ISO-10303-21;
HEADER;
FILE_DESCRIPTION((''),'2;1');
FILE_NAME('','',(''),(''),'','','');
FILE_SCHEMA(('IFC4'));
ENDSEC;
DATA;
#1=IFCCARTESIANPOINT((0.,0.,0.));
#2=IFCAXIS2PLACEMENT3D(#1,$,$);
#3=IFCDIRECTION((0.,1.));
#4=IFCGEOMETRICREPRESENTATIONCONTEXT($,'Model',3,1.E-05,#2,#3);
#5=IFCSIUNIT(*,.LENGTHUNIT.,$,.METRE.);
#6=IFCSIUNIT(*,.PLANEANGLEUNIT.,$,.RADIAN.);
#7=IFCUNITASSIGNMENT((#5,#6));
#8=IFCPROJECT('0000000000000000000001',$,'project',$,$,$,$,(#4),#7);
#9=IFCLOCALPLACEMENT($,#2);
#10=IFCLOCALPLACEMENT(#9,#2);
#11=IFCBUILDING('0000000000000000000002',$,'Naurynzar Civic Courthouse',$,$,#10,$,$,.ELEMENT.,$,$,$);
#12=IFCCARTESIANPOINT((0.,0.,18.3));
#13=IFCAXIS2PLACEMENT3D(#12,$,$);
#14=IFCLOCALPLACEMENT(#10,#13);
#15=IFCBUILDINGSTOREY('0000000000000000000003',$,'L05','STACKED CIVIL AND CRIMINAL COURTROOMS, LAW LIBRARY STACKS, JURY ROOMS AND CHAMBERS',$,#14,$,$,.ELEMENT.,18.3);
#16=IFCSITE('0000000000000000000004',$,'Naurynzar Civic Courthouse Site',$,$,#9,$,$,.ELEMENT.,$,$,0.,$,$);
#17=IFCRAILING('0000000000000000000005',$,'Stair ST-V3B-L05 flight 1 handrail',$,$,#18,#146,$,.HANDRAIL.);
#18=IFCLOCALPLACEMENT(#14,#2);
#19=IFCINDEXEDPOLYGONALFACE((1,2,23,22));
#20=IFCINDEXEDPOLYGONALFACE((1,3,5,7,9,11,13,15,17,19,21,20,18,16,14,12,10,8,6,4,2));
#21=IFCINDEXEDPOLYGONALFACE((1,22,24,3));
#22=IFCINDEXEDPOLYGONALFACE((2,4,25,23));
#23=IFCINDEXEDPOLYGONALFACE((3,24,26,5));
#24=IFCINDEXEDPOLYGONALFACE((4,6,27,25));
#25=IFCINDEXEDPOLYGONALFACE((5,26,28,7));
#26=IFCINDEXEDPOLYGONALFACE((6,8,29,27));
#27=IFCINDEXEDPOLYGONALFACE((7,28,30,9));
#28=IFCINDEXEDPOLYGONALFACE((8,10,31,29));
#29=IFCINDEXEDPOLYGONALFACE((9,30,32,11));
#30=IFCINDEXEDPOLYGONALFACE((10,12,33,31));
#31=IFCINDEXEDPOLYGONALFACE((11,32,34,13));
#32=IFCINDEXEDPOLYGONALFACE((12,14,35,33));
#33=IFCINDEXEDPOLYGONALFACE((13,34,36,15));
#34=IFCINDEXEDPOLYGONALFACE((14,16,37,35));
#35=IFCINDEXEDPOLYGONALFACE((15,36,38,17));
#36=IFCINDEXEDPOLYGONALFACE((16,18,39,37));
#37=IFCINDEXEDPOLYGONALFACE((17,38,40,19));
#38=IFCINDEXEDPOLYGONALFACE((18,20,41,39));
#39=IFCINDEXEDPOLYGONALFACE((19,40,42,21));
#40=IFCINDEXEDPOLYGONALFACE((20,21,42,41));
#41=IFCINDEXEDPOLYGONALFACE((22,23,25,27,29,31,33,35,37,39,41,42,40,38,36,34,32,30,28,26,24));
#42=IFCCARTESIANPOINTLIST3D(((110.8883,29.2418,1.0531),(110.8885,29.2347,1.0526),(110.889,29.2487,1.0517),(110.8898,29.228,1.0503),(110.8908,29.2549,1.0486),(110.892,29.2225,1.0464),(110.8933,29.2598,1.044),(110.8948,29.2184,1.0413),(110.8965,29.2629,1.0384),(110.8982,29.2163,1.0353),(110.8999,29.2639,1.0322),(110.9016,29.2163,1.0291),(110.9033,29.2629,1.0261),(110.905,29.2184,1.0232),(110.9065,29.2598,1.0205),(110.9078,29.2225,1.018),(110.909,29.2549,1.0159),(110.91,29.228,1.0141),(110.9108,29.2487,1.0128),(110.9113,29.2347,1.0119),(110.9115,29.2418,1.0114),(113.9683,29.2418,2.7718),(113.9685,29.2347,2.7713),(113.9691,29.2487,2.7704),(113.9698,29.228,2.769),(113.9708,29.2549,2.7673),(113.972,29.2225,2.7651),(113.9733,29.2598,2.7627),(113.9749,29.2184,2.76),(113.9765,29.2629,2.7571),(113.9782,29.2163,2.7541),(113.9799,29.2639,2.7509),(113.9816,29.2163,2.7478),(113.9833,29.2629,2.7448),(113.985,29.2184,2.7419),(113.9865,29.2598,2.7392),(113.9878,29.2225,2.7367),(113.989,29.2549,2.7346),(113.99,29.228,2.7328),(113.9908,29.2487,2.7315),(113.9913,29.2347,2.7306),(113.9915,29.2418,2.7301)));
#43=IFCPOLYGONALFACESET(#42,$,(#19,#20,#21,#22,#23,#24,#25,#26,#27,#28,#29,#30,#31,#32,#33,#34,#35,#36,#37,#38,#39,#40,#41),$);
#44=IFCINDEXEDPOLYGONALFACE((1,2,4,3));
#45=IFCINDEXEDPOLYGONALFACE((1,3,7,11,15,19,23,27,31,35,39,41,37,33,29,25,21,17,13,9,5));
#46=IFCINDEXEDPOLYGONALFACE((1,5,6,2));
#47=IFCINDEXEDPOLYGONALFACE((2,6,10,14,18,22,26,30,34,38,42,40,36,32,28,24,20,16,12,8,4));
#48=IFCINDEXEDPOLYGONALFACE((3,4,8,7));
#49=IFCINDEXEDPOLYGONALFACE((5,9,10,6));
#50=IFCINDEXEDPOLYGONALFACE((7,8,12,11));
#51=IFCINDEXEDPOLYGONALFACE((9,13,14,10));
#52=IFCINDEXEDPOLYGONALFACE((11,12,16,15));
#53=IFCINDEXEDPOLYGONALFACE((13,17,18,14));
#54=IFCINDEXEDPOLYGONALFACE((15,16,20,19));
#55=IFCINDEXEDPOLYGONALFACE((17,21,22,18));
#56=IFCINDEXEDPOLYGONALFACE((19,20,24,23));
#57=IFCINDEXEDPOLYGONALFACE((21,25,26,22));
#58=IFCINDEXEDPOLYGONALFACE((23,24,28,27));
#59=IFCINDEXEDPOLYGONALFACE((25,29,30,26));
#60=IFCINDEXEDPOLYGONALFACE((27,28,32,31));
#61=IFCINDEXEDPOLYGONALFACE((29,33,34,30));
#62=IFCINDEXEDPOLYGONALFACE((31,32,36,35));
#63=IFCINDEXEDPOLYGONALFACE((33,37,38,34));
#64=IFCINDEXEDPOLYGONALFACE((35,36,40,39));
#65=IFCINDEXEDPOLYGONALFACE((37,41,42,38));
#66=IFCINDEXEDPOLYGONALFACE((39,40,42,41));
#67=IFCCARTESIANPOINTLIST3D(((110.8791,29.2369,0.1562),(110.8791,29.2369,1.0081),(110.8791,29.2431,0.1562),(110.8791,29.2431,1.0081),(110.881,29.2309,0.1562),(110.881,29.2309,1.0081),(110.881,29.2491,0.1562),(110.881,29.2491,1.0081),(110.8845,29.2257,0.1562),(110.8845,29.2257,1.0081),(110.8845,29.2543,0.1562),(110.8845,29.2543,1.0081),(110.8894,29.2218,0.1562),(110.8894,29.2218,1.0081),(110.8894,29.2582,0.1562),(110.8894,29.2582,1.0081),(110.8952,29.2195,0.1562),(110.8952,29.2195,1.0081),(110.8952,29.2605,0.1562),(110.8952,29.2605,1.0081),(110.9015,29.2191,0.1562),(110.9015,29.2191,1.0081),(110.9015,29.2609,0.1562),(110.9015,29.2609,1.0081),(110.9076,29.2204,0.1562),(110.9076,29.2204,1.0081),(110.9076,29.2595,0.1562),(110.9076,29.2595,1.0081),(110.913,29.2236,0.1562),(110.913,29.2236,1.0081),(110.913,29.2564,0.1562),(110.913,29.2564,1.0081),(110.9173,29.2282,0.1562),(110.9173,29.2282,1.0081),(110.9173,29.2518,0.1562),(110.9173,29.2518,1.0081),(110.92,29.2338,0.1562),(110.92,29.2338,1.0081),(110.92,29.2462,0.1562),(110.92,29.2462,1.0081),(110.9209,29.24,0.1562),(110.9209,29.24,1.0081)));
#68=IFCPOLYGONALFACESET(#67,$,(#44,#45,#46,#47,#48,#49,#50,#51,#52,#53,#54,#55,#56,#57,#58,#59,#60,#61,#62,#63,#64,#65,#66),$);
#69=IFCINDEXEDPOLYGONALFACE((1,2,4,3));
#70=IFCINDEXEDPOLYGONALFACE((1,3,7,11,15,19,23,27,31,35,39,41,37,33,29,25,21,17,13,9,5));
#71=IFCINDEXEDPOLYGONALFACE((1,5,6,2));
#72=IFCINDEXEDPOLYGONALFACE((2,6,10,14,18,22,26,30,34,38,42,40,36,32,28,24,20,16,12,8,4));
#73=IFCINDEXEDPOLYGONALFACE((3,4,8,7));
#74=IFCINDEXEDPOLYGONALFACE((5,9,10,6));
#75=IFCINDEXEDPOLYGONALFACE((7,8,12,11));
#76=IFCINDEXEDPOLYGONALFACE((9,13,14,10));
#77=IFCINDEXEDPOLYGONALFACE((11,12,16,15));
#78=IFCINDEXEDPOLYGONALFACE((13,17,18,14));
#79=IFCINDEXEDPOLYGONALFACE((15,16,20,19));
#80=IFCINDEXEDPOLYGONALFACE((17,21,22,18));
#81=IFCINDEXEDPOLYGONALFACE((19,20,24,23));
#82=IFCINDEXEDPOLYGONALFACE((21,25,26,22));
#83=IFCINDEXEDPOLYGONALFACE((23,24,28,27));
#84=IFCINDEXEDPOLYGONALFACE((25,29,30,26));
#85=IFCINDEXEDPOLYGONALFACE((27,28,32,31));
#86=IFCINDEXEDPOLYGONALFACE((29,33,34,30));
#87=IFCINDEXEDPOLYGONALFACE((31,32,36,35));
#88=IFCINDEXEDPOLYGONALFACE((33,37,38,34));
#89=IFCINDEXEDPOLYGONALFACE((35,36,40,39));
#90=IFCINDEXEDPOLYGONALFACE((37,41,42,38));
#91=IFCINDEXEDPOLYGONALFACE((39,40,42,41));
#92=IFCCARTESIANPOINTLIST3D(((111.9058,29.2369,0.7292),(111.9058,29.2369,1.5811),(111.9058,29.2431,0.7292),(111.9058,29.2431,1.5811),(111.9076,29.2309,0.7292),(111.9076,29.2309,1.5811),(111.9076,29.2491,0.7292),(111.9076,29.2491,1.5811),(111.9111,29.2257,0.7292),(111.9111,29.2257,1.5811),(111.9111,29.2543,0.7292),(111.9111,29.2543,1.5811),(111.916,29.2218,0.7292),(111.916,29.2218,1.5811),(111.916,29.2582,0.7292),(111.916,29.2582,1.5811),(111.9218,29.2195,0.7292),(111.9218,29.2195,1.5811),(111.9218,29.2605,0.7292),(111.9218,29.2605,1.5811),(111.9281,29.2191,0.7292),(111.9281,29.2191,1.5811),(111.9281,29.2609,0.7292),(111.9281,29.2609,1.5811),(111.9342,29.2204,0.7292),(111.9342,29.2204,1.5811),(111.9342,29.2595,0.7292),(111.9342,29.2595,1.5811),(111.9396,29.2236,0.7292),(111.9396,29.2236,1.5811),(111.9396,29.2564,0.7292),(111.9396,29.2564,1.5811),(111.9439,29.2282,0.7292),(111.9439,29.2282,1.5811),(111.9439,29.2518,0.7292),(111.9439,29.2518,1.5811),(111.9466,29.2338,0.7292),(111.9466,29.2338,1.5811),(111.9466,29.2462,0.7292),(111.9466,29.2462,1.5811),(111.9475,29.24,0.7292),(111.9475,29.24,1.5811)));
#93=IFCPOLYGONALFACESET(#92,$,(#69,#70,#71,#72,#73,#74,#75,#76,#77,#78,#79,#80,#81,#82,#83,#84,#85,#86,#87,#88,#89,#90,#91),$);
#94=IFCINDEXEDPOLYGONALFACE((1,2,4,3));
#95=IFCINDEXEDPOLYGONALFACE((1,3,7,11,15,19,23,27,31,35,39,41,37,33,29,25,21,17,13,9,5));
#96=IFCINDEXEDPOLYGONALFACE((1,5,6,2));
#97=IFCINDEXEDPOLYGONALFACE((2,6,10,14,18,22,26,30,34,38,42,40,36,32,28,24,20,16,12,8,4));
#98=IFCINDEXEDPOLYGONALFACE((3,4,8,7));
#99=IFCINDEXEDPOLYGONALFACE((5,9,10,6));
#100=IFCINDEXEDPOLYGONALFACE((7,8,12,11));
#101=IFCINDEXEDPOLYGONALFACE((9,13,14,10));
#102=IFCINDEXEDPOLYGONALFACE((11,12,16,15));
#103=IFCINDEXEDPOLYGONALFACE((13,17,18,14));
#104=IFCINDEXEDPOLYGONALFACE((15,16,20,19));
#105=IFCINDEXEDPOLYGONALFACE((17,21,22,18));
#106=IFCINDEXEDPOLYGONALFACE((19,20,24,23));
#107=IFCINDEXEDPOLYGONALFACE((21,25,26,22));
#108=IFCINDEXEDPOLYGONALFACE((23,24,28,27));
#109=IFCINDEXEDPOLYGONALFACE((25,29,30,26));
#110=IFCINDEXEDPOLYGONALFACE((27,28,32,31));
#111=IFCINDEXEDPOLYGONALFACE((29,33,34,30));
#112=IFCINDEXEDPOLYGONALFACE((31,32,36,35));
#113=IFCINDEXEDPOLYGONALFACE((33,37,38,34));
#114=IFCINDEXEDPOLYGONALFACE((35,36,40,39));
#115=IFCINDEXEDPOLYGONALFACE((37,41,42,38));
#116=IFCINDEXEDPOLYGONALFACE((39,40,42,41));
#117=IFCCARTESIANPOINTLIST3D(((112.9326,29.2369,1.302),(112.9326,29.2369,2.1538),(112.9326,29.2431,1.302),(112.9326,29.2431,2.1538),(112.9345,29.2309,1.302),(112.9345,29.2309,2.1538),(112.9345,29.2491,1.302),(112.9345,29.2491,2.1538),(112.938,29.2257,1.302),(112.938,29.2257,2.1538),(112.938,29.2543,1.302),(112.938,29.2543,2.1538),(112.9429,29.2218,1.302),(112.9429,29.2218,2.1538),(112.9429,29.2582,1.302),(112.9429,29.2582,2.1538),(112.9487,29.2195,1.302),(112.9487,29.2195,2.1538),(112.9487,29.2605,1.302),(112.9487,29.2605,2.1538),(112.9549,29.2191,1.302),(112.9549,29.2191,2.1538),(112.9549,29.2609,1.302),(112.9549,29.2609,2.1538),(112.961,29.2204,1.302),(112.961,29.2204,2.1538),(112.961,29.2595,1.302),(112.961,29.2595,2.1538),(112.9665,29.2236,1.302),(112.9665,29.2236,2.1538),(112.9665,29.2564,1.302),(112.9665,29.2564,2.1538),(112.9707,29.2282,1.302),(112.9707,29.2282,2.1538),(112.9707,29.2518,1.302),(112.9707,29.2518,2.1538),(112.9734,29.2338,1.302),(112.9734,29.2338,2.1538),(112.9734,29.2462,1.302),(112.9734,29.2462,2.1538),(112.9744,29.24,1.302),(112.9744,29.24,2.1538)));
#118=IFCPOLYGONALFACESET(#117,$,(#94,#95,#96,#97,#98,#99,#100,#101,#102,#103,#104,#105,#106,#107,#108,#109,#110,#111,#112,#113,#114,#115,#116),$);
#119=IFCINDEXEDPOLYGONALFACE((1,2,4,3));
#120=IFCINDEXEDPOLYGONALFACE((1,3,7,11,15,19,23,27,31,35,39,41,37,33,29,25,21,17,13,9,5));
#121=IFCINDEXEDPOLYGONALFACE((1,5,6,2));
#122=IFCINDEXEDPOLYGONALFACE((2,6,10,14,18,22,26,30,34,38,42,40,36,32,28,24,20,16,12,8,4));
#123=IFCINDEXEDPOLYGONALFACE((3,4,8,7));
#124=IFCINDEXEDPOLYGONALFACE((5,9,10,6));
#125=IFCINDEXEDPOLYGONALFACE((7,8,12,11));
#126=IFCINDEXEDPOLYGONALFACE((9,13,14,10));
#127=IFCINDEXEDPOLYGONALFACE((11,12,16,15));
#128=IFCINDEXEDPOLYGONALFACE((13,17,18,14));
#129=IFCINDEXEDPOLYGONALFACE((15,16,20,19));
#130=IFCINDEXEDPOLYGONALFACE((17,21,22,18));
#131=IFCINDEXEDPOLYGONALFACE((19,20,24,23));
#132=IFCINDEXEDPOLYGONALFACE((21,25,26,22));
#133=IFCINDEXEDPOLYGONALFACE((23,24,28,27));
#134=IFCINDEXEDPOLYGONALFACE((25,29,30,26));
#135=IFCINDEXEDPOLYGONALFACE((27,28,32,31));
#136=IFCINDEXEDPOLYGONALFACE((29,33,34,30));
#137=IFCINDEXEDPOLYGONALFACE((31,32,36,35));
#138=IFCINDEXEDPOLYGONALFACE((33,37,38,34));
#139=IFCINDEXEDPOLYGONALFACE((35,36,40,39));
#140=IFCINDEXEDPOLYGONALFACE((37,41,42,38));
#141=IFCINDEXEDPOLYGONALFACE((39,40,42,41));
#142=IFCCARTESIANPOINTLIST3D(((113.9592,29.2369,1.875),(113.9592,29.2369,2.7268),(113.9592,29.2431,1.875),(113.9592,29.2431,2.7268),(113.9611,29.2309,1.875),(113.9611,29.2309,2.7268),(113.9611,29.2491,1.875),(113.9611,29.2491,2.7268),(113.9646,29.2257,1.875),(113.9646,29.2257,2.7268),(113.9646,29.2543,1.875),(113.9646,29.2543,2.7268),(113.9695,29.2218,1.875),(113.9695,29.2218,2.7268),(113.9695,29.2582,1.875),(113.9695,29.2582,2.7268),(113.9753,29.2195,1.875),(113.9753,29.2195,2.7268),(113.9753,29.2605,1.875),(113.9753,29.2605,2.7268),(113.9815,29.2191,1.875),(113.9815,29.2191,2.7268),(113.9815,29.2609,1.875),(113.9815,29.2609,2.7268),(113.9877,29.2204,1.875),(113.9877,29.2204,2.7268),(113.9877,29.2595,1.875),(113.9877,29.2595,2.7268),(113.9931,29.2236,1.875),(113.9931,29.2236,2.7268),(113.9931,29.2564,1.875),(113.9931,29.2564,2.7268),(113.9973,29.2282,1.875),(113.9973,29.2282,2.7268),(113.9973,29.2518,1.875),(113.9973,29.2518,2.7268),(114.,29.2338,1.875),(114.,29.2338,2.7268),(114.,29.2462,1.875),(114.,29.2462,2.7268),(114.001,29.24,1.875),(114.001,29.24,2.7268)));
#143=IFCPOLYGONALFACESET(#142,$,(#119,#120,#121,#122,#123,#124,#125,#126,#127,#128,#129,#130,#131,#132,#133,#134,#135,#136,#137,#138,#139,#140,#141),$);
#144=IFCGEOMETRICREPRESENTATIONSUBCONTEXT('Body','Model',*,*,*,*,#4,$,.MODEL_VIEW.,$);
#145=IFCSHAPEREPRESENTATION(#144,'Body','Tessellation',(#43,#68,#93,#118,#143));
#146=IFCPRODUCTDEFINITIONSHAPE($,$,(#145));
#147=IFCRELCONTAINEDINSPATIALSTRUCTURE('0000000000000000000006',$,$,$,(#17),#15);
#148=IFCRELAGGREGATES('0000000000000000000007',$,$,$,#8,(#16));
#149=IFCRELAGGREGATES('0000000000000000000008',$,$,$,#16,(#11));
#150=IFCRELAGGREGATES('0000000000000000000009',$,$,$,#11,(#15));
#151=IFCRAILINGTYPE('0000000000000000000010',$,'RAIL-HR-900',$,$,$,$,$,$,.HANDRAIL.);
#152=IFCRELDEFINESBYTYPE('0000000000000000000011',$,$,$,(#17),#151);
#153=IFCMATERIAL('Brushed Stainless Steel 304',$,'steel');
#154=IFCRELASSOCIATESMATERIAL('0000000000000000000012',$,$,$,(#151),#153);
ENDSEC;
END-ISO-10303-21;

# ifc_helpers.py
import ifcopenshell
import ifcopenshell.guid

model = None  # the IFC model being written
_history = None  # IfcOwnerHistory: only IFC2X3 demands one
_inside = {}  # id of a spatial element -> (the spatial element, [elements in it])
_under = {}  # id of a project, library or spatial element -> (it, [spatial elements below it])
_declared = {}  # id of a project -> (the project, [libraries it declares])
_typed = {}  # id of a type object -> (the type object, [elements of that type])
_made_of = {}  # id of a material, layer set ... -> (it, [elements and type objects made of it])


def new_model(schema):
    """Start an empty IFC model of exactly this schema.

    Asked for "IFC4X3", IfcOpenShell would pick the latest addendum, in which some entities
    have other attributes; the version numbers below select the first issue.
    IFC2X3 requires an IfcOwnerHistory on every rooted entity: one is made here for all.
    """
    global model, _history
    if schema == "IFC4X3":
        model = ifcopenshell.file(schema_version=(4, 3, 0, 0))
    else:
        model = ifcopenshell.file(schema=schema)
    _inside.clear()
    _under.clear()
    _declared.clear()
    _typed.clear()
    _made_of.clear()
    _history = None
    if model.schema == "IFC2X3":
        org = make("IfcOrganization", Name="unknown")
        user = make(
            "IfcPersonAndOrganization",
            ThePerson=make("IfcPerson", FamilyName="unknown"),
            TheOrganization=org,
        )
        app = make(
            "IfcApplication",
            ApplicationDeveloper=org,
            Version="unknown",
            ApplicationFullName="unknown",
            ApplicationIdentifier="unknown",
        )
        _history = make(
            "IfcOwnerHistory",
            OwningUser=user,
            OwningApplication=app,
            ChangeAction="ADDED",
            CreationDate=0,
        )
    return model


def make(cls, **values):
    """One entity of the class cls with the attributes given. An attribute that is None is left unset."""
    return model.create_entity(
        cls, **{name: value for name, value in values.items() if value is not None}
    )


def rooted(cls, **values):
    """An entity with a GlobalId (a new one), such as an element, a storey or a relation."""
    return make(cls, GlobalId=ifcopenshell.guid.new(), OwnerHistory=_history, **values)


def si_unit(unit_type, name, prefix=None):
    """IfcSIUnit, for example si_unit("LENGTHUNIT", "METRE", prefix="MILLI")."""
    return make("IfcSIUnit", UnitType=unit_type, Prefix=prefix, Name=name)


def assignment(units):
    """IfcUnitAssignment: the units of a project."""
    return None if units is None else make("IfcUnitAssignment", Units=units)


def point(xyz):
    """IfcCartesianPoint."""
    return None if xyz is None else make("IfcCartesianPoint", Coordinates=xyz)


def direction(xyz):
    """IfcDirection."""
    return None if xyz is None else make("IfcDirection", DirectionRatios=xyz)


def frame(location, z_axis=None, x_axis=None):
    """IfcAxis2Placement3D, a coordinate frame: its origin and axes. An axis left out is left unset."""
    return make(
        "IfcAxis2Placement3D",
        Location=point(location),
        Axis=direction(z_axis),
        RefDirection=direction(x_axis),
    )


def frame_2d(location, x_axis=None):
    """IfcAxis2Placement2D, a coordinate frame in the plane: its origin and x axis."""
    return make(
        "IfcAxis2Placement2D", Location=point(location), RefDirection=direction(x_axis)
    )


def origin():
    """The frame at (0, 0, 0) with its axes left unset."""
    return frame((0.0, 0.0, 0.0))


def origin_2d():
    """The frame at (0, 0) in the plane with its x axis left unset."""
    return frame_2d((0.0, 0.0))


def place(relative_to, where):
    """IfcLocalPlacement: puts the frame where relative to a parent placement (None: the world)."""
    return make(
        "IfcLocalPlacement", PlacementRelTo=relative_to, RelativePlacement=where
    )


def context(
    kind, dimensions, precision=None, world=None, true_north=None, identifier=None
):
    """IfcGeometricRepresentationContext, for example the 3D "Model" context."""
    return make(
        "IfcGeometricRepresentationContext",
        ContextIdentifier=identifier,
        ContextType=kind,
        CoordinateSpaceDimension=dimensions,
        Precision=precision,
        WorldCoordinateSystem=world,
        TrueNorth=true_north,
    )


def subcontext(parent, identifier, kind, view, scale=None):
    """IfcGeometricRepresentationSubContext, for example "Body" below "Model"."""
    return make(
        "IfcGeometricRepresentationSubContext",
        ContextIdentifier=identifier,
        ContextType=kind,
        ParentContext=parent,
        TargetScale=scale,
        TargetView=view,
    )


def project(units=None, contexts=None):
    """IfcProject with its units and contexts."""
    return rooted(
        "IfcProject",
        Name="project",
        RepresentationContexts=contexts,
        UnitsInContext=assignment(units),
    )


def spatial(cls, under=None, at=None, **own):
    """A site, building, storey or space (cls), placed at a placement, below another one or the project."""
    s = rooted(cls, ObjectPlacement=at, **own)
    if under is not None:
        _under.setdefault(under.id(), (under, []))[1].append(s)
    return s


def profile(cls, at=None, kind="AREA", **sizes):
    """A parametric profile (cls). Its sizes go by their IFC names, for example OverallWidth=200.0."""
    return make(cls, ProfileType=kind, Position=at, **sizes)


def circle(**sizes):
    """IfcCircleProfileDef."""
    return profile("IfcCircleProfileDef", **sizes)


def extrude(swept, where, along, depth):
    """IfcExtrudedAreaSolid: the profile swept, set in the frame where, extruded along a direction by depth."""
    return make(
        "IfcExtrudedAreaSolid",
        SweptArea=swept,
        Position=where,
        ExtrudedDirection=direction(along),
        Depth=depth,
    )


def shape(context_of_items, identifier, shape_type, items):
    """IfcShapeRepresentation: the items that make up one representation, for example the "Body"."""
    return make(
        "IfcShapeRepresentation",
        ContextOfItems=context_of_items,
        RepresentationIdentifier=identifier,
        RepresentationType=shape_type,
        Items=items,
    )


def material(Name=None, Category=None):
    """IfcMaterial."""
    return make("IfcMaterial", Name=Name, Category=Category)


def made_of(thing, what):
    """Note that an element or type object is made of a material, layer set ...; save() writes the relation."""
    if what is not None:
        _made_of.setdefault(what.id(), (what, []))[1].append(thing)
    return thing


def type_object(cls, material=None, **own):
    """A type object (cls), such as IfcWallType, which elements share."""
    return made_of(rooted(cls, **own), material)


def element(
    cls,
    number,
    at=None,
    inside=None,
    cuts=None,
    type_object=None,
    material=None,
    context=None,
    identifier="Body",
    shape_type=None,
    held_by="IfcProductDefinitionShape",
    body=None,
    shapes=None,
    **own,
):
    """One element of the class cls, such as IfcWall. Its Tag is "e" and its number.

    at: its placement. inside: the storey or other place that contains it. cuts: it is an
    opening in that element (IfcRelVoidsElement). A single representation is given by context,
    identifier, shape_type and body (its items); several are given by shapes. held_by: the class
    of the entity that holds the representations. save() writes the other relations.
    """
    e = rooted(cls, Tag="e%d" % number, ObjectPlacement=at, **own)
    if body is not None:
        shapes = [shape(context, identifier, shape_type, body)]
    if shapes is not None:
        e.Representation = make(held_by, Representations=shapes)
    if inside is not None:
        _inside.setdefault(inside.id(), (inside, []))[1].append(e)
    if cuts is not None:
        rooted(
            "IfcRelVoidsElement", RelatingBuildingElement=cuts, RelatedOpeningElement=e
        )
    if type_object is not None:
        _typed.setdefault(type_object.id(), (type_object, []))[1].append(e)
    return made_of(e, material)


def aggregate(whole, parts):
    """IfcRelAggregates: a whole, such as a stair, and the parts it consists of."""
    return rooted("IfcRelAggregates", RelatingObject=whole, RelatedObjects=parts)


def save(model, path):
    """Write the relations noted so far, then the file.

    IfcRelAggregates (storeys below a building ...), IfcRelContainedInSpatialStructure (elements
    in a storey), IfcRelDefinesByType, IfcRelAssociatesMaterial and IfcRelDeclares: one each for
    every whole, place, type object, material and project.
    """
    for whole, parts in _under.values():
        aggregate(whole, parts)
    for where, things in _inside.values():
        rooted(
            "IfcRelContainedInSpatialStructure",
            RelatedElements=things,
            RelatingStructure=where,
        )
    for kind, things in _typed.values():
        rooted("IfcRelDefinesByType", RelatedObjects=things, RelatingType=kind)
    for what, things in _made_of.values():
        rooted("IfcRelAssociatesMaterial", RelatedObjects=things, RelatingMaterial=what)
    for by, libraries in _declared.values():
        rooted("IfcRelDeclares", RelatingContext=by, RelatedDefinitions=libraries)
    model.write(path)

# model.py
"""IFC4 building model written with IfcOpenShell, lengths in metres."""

from ifc_helpers import new_model, si_unit, direction, frame, origin, origin_2d, place, context, subcontext, project, spatial, circle, extrude, material, type_object, element, save


model = new_model("IFC4")

# Units and contexts
model_context = context("Model", 3, precision=1e-05, world=origin(), true_north=direction((0.0, 1.0)))
body_context = subcontext(model_context, "Body", "Model", "MODEL_VIEW")
ifc_project = project(units=[si_unit("LENGTHUNIT", "METRE"), si_unit("PLANEANGLEUNIT", "RADIAN")], contexts=[model_context])

# Site, building, storey
site_placement = place(None, origin())
site = spatial("IfcSite", under=ifc_project, at=site_placement, Name="Naurynzar Civic Courthouse Site", CompositionType="ELEMENT", RefElevation=0.0)
building_placement = place(site_placement, origin())
building = spatial("IfcBuilding", under=site, at=building_placement, Name="Naurynzar Civic Courthouse", CompositionType="ELEMENT")
storey_placement = place(building_placement, frame((0.0, 0.0, 18.3)))
storey = spatial("IfcBuildingStorey", under=building, at=storey_placement, Name="L05", Description="STACKED CIVIL AND CRIMINAL COURTROOMS, LAW LIBRARY STACKS, JURY ROOMS AND CHAMBERS", CompositionType="ELEMENT", Elevation=18.3)

# Railing
ifc_material_1 = material(Name="Brushed Stainless Steel 304", Category="steel")
railing_type_1 = type_object("IfcRailingType", Name="RAIL-HR-900", PredefinedType="HANDRAIL", material=ifc_material_1)
railing_1_placement = place(storey_placement, frame((110.8999, 29.24, 0.1562)))
element("IfcRailing", 1, at=railing_1_placement, inside=storey, type_object=railing_type_1, Name="Stair ST-V3B-L05 flight 1 handrail", PredefinedType="HANDRAIL", context=body_context, shape_type="SweptSolid", body=[
    extrude(circle(Radius=0.0239, at=origin_2d()), frame((0.0, 0.0, 0.876), z_axis=(0.873242, 0.0, 0.487288), x_axis=(0.0, 1.0, 0.0)), (0.0, 0.0, 1.0), 3.5271),
    extrude(circle(Radius=0.021, at=origin_2d()), origin(), (0.0, 0.0, 1.0), 0.8518),
    extrude(circle(Radius=0.021, at=origin_2d()), frame((1.0266, 0.0, 0.573)), (0.0, 0.0, 1.0), 0.8518),
    extrude(circle(Radius=0.021, at=origin_2d()), frame((2.0535, 0.0, 1.1458)), (0.0, 0.0, 1.0), 0.8518),
    extrude(circle(Radius=0.021, at=origin_2d()), frame((3.0801, 0.0, 1.7188)), (0.0, 0.0, 1.0), 0.8518),
])

save(model, "model.ifc")
